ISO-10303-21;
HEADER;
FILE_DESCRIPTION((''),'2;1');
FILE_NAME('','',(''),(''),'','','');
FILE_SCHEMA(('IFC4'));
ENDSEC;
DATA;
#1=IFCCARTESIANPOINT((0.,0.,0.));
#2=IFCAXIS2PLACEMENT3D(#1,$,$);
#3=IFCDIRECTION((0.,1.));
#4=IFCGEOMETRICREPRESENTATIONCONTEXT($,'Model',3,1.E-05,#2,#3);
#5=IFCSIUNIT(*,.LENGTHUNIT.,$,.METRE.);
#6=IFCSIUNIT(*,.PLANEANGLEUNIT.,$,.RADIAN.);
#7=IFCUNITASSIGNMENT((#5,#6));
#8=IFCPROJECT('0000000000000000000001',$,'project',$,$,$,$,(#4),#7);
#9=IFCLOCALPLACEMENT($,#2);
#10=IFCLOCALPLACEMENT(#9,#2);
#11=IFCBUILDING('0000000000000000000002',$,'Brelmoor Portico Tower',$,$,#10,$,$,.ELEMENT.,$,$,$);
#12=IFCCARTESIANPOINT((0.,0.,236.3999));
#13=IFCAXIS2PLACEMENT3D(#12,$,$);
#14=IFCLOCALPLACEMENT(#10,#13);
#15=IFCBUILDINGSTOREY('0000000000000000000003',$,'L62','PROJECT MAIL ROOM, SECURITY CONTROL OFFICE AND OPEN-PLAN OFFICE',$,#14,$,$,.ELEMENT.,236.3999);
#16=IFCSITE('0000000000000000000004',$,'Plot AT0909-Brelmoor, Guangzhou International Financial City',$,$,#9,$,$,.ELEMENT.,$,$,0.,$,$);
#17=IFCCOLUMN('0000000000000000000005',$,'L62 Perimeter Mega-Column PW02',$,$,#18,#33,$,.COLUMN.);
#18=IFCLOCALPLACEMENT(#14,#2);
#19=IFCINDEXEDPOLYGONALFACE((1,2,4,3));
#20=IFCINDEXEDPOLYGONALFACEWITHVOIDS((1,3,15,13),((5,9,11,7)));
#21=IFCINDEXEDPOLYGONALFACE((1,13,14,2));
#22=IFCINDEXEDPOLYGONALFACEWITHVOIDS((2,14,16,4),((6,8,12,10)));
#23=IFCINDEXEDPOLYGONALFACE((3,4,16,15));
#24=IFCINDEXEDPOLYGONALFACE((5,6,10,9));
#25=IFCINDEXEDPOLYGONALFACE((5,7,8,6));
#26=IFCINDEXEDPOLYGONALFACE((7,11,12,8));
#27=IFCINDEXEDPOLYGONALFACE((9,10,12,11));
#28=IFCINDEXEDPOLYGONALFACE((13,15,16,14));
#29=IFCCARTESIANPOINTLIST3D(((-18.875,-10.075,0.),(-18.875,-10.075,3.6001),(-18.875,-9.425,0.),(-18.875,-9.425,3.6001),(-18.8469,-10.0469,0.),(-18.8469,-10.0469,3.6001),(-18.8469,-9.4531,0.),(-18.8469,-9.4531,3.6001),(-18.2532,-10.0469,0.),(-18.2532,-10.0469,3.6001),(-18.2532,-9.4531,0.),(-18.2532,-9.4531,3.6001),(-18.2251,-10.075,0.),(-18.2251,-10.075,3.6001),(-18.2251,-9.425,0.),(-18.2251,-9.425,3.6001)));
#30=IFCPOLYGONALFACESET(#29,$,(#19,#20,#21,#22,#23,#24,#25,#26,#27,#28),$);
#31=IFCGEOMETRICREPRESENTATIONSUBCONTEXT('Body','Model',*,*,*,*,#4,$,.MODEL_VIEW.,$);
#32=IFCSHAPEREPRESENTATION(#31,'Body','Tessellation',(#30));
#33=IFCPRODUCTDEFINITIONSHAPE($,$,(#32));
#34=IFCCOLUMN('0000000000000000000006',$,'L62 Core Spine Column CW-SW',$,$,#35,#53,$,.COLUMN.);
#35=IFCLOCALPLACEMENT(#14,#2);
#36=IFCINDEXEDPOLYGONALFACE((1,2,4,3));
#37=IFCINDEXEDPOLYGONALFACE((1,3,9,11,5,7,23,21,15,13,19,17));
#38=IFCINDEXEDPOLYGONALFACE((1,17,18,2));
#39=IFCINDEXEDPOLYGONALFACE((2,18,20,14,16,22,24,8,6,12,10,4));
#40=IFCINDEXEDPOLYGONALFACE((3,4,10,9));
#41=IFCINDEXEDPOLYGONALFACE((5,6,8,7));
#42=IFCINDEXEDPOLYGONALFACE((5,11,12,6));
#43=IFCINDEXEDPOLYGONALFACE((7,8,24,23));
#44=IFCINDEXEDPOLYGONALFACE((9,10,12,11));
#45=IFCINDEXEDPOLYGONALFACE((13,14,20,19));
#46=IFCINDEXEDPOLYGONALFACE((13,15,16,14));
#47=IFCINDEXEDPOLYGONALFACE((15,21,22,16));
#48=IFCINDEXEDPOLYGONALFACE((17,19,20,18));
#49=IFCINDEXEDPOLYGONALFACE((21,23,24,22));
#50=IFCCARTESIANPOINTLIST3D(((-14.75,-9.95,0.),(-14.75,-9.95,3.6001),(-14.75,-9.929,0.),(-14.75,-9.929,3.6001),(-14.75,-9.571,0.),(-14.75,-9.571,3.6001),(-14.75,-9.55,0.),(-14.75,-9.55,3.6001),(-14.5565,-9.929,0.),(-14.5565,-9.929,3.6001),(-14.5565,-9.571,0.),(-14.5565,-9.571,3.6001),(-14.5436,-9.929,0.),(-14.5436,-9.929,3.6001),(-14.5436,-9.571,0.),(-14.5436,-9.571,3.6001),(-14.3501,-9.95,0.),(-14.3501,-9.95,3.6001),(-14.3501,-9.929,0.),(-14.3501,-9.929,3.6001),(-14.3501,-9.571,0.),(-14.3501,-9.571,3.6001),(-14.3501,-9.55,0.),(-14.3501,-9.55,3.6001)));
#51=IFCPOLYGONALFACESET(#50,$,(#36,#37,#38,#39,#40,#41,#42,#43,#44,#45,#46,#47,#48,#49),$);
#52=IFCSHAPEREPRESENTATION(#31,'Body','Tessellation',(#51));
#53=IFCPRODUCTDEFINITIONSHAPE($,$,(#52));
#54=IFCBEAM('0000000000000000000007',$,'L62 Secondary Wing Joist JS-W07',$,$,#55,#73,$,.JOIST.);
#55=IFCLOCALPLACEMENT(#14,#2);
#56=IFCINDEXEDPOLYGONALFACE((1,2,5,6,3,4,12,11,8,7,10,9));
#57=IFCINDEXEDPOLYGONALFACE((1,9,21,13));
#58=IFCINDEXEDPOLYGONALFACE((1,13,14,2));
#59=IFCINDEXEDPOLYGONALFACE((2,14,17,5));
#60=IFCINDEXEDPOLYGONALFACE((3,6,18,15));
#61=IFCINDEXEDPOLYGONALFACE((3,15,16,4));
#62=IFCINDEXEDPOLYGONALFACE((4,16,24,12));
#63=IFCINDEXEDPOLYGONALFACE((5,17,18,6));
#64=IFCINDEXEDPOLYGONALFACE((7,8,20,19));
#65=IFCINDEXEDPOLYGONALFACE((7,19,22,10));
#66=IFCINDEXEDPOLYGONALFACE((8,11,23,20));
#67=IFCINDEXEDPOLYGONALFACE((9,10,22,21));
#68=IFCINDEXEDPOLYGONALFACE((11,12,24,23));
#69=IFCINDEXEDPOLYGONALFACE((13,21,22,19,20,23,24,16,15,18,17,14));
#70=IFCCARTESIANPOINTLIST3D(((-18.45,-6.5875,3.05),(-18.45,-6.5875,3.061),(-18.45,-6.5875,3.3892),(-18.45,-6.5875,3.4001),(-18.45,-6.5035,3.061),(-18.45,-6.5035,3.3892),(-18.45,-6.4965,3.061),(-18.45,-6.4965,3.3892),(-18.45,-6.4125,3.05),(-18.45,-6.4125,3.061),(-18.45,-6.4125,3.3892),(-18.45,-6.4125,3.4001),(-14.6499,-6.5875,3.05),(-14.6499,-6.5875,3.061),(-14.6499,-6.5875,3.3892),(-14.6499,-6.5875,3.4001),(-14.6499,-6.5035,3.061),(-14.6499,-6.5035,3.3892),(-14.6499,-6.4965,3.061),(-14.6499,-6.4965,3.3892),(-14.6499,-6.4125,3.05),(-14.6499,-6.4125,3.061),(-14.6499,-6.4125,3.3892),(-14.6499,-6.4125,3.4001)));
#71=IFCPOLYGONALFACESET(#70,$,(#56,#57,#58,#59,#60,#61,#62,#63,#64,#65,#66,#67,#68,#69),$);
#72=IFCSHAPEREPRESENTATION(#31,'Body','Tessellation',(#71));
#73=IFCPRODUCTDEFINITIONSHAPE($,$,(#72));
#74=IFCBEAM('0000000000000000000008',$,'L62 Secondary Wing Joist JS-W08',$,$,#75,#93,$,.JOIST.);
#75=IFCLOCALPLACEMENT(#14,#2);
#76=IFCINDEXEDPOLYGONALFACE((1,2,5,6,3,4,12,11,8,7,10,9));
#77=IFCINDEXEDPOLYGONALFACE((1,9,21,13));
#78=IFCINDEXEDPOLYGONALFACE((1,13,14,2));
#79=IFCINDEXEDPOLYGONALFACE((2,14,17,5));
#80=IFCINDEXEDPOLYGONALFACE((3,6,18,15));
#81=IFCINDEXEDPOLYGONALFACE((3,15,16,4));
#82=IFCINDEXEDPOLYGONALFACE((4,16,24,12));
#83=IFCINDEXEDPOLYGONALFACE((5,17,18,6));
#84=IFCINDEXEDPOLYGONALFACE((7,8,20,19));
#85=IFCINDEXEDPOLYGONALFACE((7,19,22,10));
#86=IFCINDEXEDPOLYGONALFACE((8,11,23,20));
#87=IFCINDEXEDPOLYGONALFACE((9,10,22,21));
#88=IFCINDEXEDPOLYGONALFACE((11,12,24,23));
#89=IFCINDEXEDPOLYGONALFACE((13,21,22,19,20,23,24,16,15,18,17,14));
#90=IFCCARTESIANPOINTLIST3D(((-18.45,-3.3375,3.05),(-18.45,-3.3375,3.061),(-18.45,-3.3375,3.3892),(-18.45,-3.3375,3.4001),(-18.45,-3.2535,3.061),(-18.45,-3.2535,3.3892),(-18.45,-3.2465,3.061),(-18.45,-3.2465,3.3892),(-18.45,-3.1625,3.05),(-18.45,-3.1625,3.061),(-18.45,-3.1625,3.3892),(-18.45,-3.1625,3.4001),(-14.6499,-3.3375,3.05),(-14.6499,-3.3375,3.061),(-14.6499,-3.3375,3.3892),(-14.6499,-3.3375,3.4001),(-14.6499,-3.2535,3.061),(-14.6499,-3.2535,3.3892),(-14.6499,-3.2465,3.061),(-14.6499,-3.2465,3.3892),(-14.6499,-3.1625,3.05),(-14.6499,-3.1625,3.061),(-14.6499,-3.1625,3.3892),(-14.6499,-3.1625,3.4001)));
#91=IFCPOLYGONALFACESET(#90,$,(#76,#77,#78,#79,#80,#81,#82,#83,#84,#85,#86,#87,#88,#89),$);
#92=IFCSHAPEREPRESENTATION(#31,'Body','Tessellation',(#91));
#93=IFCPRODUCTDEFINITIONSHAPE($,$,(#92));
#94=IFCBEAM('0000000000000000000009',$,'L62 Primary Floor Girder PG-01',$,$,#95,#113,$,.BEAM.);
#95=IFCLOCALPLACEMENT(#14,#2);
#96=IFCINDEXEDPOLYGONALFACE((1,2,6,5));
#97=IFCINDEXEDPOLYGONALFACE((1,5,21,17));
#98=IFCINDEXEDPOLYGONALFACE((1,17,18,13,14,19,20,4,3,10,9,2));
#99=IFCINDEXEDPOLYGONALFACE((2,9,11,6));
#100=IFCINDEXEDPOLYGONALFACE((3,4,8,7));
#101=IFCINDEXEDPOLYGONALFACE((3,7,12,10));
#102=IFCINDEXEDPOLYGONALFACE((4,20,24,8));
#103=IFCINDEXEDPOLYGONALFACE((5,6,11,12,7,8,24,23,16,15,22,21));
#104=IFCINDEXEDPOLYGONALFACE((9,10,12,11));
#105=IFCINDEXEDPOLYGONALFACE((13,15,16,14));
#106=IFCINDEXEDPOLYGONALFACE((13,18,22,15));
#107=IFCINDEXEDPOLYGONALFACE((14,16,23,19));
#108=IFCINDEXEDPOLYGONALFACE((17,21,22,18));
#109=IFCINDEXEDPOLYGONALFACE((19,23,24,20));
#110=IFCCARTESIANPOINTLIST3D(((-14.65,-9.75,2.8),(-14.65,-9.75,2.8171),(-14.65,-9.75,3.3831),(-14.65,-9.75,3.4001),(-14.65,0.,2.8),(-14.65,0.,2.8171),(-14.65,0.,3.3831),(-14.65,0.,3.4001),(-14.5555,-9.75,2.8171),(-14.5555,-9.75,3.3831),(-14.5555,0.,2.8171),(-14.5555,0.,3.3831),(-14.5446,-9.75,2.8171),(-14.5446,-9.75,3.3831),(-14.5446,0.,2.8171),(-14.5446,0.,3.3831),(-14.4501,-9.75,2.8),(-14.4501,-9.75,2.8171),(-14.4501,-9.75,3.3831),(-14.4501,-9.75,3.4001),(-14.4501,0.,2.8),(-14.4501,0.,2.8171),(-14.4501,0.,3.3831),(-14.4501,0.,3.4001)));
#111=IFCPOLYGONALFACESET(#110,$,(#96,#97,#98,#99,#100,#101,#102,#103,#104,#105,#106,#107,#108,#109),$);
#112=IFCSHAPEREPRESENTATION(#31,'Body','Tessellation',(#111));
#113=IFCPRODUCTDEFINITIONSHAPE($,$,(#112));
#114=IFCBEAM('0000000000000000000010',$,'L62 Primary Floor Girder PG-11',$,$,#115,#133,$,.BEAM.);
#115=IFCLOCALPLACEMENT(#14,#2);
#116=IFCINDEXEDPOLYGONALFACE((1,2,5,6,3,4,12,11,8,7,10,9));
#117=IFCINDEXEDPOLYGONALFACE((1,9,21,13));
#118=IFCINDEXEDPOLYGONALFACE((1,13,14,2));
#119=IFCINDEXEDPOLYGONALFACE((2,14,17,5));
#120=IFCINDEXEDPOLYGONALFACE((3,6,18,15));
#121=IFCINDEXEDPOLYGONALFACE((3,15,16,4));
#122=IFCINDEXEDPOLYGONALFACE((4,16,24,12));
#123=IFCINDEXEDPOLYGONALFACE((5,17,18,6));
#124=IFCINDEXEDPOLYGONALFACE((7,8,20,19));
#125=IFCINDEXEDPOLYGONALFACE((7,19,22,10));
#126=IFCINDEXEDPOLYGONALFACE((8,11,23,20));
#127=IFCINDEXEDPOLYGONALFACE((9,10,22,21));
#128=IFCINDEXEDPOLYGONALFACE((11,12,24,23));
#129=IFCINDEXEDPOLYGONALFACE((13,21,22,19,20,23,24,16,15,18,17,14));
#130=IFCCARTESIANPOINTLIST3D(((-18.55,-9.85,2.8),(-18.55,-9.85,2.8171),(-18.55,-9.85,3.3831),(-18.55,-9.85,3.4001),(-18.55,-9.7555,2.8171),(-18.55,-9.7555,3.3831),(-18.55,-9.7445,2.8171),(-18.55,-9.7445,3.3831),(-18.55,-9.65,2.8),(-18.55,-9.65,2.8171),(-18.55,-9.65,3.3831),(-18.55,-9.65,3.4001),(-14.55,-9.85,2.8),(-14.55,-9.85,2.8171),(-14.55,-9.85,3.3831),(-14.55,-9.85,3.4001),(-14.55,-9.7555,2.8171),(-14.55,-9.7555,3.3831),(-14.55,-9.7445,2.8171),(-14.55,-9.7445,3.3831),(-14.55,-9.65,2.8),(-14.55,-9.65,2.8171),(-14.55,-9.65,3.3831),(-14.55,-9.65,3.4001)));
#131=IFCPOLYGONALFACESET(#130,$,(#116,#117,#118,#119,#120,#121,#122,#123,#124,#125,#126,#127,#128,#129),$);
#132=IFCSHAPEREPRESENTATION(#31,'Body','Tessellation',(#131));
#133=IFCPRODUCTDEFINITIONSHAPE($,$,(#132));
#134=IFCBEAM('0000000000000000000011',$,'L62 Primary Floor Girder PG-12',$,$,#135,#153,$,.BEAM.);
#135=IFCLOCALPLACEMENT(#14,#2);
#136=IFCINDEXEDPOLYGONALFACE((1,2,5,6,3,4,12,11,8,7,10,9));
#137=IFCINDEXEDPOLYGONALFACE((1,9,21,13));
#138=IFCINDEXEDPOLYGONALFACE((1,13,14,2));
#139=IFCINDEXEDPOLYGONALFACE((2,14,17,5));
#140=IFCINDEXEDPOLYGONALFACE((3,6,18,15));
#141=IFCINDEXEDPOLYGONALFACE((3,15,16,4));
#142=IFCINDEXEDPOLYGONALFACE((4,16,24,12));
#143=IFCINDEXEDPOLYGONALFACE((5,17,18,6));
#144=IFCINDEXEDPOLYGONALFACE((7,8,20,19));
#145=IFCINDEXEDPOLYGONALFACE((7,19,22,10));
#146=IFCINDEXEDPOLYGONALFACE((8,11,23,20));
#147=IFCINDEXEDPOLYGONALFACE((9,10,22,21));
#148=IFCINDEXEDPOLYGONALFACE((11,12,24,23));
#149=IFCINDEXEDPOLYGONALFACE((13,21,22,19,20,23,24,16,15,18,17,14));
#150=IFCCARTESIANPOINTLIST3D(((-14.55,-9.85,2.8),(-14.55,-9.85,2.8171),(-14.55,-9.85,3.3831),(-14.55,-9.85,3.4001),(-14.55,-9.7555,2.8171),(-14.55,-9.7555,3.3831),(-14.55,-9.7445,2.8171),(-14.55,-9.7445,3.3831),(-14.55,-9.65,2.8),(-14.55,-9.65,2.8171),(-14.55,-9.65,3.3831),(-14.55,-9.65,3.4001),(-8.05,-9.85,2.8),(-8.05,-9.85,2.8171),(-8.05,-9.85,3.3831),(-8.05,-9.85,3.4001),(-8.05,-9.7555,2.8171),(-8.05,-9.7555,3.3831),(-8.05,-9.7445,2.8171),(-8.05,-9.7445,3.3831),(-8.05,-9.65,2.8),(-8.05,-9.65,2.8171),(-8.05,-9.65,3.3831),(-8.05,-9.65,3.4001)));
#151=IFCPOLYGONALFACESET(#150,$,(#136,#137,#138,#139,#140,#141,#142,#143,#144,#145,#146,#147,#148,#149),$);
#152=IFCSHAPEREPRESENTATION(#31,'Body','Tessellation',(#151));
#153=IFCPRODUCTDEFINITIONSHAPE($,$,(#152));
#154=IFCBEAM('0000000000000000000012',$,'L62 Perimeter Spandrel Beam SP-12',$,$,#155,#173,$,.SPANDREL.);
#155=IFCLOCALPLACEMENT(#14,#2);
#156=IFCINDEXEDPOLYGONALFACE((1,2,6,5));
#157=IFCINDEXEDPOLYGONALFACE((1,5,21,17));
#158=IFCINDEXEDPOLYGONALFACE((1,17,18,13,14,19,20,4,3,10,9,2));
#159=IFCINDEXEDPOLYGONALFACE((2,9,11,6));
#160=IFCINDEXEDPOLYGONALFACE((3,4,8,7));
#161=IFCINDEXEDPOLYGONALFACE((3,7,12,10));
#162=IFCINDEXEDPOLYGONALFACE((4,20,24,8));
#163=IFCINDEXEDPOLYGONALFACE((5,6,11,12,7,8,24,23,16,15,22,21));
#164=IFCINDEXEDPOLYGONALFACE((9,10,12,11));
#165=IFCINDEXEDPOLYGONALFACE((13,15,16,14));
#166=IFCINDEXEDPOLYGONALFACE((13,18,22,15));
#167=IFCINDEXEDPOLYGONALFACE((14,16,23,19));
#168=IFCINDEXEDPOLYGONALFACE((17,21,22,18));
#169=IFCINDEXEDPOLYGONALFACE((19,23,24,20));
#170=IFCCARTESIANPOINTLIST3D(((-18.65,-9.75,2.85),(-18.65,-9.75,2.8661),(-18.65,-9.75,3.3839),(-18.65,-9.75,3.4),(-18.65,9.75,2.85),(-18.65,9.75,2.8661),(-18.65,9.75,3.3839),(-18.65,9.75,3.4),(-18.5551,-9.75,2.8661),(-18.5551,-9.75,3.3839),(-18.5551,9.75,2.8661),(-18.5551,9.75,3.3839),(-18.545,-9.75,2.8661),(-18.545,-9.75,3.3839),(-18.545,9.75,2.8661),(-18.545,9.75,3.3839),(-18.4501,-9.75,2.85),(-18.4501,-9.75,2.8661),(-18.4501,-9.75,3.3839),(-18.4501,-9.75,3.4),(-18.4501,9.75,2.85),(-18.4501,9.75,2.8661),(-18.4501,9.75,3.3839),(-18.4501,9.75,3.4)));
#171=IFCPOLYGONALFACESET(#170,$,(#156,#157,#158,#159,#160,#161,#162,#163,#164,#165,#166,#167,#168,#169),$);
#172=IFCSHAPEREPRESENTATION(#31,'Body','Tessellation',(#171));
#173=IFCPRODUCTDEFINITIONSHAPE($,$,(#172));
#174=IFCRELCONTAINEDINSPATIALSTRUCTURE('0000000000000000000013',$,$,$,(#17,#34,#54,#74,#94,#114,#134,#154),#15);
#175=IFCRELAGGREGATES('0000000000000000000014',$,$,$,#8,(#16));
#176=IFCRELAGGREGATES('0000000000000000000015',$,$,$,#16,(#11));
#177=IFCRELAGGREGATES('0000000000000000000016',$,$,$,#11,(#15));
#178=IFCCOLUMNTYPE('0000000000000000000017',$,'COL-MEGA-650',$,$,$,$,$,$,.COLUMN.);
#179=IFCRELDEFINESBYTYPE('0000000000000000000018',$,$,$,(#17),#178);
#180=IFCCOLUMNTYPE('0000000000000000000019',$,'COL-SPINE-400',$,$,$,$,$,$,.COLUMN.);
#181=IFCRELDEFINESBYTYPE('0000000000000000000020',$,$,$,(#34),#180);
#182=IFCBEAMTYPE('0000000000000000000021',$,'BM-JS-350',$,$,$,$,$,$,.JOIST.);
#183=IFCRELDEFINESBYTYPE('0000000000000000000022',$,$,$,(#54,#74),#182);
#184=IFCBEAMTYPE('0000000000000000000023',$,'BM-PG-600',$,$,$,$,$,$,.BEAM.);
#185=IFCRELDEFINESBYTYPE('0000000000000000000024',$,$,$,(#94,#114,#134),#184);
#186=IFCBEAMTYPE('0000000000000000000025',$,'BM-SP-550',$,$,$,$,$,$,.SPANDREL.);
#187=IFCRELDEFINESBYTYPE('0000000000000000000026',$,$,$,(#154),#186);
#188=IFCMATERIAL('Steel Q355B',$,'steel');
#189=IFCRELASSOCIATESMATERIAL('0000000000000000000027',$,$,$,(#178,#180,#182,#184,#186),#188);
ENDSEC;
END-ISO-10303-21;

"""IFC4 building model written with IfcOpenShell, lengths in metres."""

from ifc_helpers import new_model, si_unit, direction, frame, origin, origin_2d, place, context, subcontext, project, spatial, hollow_rectangle, i_section, extrude, material, material_profile, profile_set, type_object, element, save


model = new_model("IFC4")

# Units and contexts
model_context = context("Model", 3, precision=1e-05, world=origin(), true_north=direction((0.0, 1.0)))
body_context = subcontext(model_context, "Body", "Model", "MODEL_VIEW")
ifc_project = project(units=[si_unit("LENGTHUNIT", "METRE"), si_unit("PLANEANGLEUNIT", "RADIAN")], contexts=[model_context])

# Site, building, storey
site_placement = place(None, origin())
site = spatial("IfcSite", under=ifc_project, at=site_placement, Name="Plot AT0909-Brelmoor, Guangzhou International Financial City", CompositionType="ELEMENT", RefElevation=0.0)
building_placement = place(site_placement, origin())
building = spatial("IfcBuilding", under=site, at=building_placement, Name="Brelmoor Portico Tower", CompositionType="ELEMENT")
storey_placement = place(building_placement, frame((0.0, 0.0, 236.3999)))
storey = spatial("IfcBuildingStorey", under=building, at=storey_placement, Name="L62", Description="PROJECT MAIL ROOM, SECURITY CONTROL OFFICE AND OPEN-PLAN OFFICE", CompositionType="ELEMENT", Elevation=236.3999)

# Columns
ifc_material_1 = material(Name="Steel Q355B", Category="steel")
ifc_material_profile_1 = material_profile(ifc_material_1, hollow_rectangle(XDim=0.6499, YDim=0.6499, WallThickness=0.0281, at=origin_2d()), Name="BOX 650x650x28")
ifc_profile_set_1 = profile_set([ifc_material_profile_1], Name="Steel Q355B")
column_type_1 = type_object("IfcColumnType", Name="COL-MEGA-650", PredefinedType="COLUMN", material=ifc_profile_set_1)
column_1_placement = place(storey_placement, frame((-18.55, -9.75, 0.0), z_axis=(0.0, 0.0, 1.0), x_axis=(0.0, 1.0, 0.0)))
element("IfcColumn", 1, at=column_1_placement, inside=storey, type_object=column_type_1, Name="L62 Perimeter Mega-Column PW02", PredefinedType="COLUMN", context=body_context, shape_type="SweptSolid", body=[
    extrude(hollow_rectangle(XDim=0.6499, YDim=0.6499, WallThickness=0.0281, at=origin_2d()), origin(), (0.0, 0.0, 1.0), 3.6001),
])
ifc_material_profile_2 = material_profile(ifc_material_1, i_section(OverallWidth=0.3999, OverallDepth=0.3999, WebThickness=0.0129, FlangeThickness=0.021, at=origin_2d()), Name="HW 400x400x13x21")
ifc_profile_set_2 = profile_set([ifc_material_profile_2], Name="Steel Q355B")
column_type_2 = type_object("IfcColumnType", Name="COL-SPINE-400", PredefinedType="COLUMN", material=ifc_profile_set_2)
column_2_placement = place(storey_placement, frame((-14.55, -9.75, 0.0), z_axis=(0.0, 0.0, 1.0), x_axis=(1.0, 0.0, 0.0)))
element("IfcColumn", 2, at=column_2_placement, inside=storey, type_object=column_type_2, Name="L62 Core Spine Column CW-SW", PredefinedType="COLUMN", context=body_context, shape_type="SweptSolid", body=[
    extrude(i_section(OverallWidth=0.3999, OverallDepth=0.3999, WebThickness=0.0129, FlangeThickness=0.021, at=origin_2d()), origin(), (0.0, 0.0, 1.0), 3.6001),
])

# Beams
ifc_material_profile_3 = material_profile(ifc_material_1, i_section(OverallWidth=0.175, OverallDepth=0.3501, WebThickness=0.0071, FlangeThickness=0.011, at=origin_2d()), Name="HN 350x175x7x11")
ifc_profile_set_3 = profile_set([ifc_material_profile_3], Name="Steel Q355B")
beam_type_1 = type_object("IfcBeamType", Name="BM-JS-350", PredefinedType="JOIST", material=ifc_profile_set_3)
for number, where, z_axis, x_axis, name in (
    (3, (-18.45, -6.5, 3.2251), (1.0, 0.0, 0.0), (0.0, 1.0, 0.0), "L62 Secondary Wing Joist JS-W07"),
    (4, (-18.45, -3.25, 3.2251), (1.0, 0.0, 0.0), (0.0, 1.0, 0.0), "L62 Secondary Wing Joist JS-W08"),
):
    element("IfcBeam", number, at=place(storey_placement, frame(where, z_axis=z_axis, x_axis=x_axis)), inside=storey, type_object=beam_type_1, Name=name, PredefinedType="JOIST", context=body_context, shape_type="SweptSolid", body=[
        extrude(i_section(OverallWidth=0.175, OverallDepth=0.3501, WebThickness=0.0071, FlangeThickness=0.011, at=origin_2d()), origin(), (0.0, 0.0, 1.0), 3.8),
    ])
ifc_material_profile_4 = material_profile(ifc_material_1, i_section(OverallWidth=0.2, OverallDepth=0.6001, WebThickness=0.011, FlangeThickness=0.0171, at=origin_2d()), Name="HN 600x200x11x17")
ifc_profile_set_4 = profile_set([ifc_material_profile_4], Name="Steel Q355B")
beam_type_2 = type_object("IfcBeamType", Name="BM-PG-600", PredefinedType="BEAM", material=ifc_profile_set_4)
beam_1_placement = place(storey_placement, frame((-14.55, -9.75, 3.1001), z_axis=(0.0, 1.0, 0.0), x_axis=(-1.0, 0.0, 0.0)))
element("IfcBeam", 5, at=beam_1_placement, inside=storey, type_object=beam_type_2, Name="L62 Primary Floor Girder PG-01", PredefinedType="BEAM", context=body_context, shape_type="SweptSolid", body=[
    extrude(i_section(OverallWidth=0.2, OverallDepth=0.6001, WebThickness=0.011, FlangeThickness=0.0171, at=origin_2d()), origin(), (0.0, 0.0, 1.0), 9.75),
])
beam_2_placement = place(storey_placement, frame((-18.55, -9.75, 3.1001), z_axis=(1.0, 0.0, 0.0), x_axis=(0.0, 1.0, 0.0)))
element("IfcBeam", 6, at=beam_2_placement, inside=storey, type_object=beam_type_2, Name="L62 Primary Floor Girder PG-11", PredefinedType="BEAM", context=body_context, shape_type="SweptSolid", body=[
    extrude(i_section(OverallWidth=0.2, OverallDepth=0.6001, WebThickness=0.011, FlangeThickness=0.0171, at=origin_2d()), origin(), (0.0, 0.0, 1.0), 4.0),
])
beam_3_placement = place(storey_placement, frame((-14.55, -9.75, 3.1001), z_axis=(1.0, 0.0, 0.0), x_axis=(0.0, 1.0, 0.0)))
element("IfcBeam", 7, at=beam_3_placement, inside=storey, type_object=beam_type_2, Name="L62 Primary Floor Girder PG-12", PredefinedType="BEAM", context=body_context, shape_type="SweptSolid", body=[
    extrude(i_section(OverallWidth=0.2, OverallDepth=0.6001, WebThickness=0.011, FlangeThickness=0.0171, at=origin_2d()), origin(), (0.0, 0.0, 1.0), 6.5),
])
ifc_material_profile_5 = material_profile(ifc_material_1, i_section(OverallWidth=0.2, OverallDepth=0.55, WebThickness=0.01, FlangeThickness=0.0161, at=origin_2d()), Name="HN 550x200x10x16")
ifc_profile_set_5 = profile_set([ifc_material_profile_5], Name="Steel Q355B")
beam_type_3 = type_object("IfcBeamType", Name="BM-SP-550", PredefinedType="SPANDREL", material=ifc_profile_set_5)
beam_4_placement = place(storey_placement, frame((-18.55, -9.75, 3.125), z_axis=(0.0, 1.0, 0.0), x_axis=(-1.0, 0.0, 0.0)))
element("IfcBeam", 8, at=beam_4_placement, inside=storey, type_object=beam_type_3, Name="L62 Perimeter Spandrel Beam SP-12", PredefinedType="SPANDREL", context=body_context, shape_type="SweptSolid", body=[
    extrude(i_section(OverallWidth=0.2, OverallDepth=0.55, WebThickness=0.01, FlangeThickness=0.0161, at=origin_2d()), origin(), (0.0, 0.0, 1.0), 19.5),
])

save(model, "model.ifc")
